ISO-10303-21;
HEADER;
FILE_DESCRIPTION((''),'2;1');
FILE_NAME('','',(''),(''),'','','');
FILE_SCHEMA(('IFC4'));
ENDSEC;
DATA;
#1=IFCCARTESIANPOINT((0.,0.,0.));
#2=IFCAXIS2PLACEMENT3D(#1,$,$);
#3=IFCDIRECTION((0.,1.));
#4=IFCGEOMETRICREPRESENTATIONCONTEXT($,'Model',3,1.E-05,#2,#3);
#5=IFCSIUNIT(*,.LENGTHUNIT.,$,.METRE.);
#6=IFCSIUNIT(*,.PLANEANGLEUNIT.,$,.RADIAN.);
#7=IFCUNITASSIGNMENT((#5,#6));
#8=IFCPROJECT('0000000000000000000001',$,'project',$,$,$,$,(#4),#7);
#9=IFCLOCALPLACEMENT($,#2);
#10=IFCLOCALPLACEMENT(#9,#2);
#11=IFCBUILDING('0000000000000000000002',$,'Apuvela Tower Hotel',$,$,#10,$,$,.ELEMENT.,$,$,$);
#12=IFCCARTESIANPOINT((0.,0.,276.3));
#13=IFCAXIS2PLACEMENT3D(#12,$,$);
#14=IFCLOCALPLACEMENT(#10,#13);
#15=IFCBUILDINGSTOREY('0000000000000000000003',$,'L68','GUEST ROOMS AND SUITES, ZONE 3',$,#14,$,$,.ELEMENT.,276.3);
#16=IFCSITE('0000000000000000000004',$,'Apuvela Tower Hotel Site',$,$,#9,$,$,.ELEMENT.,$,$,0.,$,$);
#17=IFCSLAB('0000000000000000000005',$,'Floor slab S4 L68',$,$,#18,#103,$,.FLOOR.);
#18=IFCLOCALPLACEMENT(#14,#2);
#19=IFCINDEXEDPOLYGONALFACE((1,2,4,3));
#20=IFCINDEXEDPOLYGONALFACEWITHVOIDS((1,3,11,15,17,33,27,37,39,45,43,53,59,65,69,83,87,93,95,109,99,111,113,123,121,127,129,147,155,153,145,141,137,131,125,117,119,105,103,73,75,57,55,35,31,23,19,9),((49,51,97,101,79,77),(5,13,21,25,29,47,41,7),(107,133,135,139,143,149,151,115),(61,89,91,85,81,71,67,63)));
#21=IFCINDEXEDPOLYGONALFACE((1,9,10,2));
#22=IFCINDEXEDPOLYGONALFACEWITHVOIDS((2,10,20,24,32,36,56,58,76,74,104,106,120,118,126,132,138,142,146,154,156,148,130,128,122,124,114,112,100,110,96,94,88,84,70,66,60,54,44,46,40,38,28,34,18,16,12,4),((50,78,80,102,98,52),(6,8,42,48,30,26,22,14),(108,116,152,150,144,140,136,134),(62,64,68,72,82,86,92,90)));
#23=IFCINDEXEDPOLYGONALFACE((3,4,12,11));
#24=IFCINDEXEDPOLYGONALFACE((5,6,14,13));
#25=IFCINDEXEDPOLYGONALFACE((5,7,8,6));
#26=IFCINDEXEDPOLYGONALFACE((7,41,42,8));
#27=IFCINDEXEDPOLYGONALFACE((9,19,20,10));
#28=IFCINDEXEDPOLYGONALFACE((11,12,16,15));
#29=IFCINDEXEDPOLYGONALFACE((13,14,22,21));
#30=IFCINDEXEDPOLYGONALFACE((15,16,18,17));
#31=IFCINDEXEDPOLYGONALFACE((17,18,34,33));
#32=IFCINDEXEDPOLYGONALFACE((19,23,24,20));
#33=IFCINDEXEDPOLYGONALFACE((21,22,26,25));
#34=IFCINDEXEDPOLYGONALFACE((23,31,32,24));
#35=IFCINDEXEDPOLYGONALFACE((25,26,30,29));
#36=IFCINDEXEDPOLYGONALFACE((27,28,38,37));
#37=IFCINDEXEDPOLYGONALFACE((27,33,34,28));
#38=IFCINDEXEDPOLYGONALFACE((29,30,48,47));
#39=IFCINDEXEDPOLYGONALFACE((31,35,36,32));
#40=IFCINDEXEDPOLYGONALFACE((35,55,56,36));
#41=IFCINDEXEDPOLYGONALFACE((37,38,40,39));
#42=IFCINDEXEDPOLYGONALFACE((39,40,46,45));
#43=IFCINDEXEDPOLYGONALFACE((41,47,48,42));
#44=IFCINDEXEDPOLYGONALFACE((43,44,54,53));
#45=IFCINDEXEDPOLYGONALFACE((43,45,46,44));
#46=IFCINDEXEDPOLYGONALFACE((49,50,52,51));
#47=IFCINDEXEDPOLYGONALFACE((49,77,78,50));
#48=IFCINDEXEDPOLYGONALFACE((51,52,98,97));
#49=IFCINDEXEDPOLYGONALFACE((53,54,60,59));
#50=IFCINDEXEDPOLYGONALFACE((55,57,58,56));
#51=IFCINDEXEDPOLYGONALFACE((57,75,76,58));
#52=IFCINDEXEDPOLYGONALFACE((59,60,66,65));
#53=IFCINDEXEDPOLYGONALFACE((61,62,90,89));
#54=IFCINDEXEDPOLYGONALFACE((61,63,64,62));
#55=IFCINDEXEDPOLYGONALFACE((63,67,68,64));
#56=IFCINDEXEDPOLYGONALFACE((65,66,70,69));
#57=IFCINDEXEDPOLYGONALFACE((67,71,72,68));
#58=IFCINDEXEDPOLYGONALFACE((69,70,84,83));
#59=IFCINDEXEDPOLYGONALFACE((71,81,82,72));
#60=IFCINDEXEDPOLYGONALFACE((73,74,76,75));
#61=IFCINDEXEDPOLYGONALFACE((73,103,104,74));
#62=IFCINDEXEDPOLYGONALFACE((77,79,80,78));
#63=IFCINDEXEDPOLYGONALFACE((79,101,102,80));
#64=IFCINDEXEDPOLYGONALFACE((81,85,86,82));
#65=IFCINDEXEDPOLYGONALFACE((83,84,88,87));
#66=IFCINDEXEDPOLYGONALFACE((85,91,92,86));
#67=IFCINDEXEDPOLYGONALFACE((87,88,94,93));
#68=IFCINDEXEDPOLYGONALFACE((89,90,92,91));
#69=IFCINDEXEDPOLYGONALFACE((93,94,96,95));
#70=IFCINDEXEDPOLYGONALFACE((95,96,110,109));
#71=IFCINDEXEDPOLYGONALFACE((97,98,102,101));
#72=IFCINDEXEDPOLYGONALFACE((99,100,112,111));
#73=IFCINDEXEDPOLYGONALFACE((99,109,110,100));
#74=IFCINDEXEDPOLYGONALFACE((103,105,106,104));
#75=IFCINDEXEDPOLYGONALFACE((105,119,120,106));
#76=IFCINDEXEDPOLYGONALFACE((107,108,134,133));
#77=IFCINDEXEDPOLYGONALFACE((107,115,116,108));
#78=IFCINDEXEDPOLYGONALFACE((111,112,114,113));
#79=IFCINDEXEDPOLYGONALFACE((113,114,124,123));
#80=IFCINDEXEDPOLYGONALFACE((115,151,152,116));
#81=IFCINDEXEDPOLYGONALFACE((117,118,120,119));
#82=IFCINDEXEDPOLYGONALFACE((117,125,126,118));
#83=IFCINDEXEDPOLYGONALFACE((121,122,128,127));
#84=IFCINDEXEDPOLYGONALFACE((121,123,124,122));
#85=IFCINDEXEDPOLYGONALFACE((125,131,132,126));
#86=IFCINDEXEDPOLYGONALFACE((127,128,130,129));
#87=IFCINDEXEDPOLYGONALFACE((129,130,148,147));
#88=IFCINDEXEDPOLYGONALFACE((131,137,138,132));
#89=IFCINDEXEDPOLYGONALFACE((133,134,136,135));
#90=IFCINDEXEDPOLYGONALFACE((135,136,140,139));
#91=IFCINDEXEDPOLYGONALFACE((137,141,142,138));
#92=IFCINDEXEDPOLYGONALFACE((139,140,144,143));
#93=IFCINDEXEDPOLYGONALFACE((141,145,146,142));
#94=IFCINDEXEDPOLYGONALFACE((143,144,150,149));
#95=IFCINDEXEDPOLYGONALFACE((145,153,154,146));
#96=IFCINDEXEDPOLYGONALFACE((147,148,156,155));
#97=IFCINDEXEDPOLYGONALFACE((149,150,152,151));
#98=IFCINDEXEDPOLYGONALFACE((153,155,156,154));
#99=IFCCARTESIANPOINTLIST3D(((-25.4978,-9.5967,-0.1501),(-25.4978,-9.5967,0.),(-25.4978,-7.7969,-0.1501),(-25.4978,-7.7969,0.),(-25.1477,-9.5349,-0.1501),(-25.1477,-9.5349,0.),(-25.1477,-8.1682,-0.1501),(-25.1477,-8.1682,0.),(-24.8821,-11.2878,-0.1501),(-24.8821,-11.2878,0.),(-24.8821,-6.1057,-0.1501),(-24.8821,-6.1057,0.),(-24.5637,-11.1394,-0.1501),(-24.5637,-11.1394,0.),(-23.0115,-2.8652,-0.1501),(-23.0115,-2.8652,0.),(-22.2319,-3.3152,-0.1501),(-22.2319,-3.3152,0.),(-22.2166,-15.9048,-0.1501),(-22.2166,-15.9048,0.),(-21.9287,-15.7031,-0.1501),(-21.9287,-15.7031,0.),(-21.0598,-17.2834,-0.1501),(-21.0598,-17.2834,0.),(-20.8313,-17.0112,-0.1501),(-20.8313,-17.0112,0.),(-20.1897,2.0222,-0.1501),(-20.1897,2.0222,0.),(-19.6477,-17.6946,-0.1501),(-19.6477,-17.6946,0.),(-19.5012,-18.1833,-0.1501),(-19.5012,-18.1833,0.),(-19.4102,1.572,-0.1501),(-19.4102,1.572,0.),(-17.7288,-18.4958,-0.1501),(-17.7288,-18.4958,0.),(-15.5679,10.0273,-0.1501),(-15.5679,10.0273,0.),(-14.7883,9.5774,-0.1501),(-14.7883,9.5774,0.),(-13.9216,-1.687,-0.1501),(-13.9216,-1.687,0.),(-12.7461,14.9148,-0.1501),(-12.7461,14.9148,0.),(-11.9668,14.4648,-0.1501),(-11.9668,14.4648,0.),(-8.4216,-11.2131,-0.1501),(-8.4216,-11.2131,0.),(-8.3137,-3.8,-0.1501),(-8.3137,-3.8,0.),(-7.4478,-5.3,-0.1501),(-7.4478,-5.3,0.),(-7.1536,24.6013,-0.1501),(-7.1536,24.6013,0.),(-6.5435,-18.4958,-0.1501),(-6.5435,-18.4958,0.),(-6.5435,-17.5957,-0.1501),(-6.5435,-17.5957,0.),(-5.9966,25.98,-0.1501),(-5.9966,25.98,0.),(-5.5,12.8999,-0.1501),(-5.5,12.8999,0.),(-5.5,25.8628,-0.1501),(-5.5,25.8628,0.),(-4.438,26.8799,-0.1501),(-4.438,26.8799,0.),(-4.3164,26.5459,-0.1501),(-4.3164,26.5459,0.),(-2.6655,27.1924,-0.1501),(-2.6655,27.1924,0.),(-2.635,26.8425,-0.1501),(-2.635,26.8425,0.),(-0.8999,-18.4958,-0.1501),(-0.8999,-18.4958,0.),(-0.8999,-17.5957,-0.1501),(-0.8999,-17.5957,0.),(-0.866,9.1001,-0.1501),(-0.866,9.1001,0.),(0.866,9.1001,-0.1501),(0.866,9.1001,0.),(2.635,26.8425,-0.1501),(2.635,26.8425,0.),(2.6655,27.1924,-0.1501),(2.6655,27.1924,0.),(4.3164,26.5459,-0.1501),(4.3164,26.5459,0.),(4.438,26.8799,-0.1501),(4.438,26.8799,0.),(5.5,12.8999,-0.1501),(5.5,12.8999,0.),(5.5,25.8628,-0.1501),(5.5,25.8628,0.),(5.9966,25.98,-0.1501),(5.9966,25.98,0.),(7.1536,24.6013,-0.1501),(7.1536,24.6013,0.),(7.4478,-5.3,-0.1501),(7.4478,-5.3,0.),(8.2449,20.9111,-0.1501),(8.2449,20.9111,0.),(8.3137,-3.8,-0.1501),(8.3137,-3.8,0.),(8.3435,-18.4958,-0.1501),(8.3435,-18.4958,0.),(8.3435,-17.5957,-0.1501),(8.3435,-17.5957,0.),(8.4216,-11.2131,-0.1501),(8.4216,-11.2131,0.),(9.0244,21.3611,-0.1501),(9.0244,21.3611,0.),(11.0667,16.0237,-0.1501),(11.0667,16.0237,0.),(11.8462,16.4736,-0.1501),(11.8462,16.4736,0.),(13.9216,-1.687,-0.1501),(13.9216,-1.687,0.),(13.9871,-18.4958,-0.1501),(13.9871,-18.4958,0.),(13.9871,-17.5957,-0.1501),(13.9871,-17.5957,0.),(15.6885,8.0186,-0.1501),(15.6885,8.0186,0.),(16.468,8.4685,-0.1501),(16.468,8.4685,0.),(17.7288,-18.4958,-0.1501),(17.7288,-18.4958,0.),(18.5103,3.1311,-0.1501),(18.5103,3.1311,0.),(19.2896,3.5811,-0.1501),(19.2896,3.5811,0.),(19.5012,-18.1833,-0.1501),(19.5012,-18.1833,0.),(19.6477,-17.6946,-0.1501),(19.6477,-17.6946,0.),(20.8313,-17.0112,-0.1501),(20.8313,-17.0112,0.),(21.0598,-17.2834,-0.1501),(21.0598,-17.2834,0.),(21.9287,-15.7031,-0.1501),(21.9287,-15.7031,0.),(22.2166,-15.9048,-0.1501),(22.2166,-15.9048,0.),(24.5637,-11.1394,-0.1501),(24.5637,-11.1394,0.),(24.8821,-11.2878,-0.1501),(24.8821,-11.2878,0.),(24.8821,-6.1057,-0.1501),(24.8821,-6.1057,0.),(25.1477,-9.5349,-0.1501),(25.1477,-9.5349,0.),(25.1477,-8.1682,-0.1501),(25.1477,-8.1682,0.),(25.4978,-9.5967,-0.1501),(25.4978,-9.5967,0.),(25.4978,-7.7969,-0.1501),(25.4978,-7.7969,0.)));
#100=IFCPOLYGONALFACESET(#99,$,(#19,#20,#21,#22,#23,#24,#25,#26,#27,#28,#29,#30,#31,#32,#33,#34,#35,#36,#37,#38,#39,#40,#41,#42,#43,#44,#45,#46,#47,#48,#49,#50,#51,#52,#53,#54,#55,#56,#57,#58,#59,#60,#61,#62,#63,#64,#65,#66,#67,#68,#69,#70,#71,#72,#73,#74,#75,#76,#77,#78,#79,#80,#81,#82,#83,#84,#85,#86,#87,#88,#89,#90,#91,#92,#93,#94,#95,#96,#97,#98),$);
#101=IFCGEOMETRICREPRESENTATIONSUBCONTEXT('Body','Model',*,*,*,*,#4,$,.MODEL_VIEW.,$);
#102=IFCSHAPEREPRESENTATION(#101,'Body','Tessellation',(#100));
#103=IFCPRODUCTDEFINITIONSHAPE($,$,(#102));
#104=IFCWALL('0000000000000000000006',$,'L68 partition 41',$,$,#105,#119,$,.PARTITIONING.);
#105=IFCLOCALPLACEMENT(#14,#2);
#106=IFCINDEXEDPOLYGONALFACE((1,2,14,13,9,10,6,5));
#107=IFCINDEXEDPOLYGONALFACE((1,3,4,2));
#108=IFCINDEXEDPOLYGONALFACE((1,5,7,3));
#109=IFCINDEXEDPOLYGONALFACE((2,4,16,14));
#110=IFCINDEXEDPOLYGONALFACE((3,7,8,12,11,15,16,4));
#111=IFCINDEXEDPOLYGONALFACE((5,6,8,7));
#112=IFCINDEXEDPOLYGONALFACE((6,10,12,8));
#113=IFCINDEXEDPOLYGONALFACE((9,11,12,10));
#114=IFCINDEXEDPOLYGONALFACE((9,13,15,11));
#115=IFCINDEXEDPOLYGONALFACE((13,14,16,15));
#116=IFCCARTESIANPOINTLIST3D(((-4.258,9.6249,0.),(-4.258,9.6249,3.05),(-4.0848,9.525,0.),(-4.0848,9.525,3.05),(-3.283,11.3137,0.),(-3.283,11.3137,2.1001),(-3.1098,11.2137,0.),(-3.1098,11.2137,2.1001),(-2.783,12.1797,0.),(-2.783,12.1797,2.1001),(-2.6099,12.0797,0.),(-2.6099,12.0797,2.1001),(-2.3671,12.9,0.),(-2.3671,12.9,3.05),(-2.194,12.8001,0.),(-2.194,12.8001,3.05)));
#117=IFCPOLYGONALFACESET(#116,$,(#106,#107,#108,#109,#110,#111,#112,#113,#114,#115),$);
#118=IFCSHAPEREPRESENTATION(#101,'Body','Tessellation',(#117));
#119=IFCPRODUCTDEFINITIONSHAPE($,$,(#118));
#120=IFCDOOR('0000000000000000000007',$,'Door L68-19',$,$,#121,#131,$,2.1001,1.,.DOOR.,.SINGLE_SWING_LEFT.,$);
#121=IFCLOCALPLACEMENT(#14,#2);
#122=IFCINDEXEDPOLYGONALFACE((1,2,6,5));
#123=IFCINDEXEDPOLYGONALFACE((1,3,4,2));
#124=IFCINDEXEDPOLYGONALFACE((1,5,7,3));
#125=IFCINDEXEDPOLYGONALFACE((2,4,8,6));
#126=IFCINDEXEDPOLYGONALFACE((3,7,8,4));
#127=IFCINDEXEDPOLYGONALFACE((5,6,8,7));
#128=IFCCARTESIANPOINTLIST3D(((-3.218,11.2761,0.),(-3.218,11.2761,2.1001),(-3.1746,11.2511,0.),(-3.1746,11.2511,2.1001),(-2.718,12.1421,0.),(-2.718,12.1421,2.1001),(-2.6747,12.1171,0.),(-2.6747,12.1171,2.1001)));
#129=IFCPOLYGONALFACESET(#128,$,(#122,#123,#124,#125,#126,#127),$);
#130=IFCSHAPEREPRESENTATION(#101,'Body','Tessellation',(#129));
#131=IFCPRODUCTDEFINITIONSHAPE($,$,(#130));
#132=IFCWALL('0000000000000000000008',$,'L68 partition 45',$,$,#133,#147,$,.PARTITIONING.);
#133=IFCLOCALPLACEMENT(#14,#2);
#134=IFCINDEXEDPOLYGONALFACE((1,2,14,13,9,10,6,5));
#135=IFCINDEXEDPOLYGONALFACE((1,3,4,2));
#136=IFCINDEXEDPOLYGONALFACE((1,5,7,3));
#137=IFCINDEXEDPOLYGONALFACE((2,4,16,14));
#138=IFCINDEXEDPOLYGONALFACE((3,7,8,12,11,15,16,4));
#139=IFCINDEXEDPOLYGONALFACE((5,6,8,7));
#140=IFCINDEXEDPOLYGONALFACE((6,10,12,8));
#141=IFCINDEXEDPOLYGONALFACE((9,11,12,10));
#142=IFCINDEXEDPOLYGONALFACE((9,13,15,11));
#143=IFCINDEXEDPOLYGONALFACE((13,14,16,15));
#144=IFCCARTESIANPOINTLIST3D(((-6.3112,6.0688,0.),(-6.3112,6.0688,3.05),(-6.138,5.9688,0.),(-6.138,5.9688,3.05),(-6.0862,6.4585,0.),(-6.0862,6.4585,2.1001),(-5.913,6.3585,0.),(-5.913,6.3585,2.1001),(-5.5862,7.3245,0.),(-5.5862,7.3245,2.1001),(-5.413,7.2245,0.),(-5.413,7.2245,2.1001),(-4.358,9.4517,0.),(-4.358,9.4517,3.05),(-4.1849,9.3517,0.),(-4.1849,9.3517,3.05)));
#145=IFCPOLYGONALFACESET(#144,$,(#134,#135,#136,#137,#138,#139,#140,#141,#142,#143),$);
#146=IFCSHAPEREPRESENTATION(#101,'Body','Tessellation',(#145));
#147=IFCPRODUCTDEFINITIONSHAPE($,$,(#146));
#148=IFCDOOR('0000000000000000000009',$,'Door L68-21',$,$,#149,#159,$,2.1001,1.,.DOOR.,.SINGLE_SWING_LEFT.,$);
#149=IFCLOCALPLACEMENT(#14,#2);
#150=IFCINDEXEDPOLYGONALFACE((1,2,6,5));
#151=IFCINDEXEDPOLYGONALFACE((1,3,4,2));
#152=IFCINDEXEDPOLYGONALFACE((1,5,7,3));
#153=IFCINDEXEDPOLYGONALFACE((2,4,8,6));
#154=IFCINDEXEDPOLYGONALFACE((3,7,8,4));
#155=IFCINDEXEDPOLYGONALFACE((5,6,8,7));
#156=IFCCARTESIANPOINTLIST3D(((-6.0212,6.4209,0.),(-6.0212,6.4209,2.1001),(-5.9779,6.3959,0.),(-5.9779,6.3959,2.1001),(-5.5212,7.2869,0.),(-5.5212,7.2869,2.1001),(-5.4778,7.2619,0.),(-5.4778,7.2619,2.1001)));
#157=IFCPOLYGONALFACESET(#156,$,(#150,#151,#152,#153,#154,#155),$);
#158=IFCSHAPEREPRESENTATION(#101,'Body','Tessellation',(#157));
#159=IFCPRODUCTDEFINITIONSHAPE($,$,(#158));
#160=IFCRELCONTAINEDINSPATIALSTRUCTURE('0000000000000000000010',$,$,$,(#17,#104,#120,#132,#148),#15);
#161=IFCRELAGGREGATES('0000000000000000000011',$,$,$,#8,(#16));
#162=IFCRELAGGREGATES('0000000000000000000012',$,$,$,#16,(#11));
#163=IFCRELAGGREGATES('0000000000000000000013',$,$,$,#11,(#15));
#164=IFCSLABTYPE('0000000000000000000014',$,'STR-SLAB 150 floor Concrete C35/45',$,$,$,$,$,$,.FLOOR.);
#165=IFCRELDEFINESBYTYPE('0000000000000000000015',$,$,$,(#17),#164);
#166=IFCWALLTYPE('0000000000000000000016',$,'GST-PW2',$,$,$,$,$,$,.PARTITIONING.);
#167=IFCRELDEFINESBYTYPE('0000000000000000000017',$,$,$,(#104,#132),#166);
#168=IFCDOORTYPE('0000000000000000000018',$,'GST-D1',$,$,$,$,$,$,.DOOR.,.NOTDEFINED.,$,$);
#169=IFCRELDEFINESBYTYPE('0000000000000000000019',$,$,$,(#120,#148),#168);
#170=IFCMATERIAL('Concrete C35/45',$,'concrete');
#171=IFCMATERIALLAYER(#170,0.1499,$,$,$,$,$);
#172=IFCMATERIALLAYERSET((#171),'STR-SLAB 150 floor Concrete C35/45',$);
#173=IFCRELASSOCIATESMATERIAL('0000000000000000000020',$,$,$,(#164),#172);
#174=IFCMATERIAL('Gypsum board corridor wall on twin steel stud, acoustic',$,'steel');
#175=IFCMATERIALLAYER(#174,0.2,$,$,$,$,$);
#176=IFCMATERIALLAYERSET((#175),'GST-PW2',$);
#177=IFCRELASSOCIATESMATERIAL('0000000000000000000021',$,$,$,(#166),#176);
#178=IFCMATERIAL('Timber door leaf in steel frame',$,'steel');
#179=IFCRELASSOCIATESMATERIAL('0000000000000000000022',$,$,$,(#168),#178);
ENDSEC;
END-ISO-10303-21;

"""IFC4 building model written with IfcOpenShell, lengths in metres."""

from ifc_helpers import new_model, si_unit, direction, frame, frame_2d, origin, place, context, subcontext, project, spatial, polyline, rectangle, outline, extrude, material, layer, layer_set, type_object, element, fill, save


model = new_model("IFC4")

# Units and contexts
model_context = context("Model", 3, precision=1e-05, world=origin(), true_north=direction((0.0, 1.0)))
body_context = subcontext(model_context, "Body", "Model", "MODEL_VIEW")
ifc_project = project(units=[si_unit("LENGTHUNIT", "METRE"), si_unit("PLANEANGLEUNIT", "RADIAN")], contexts=[model_context])

# Site, building, storey
site_placement = place(None, origin())
site = spatial("IfcSite", under=ifc_project, at=site_placement, Name="Apuvela Tower Hotel Site", CompositionType="ELEMENT", RefElevation=0.0)
building_placement = place(site_placement, origin())
building = spatial("IfcBuilding", under=site, at=building_placement, Name="Apuvela Tower Hotel", CompositionType="ELEMENT")
storey_placement = place(building_placement, frame((0.0, 0.0, 276.3)))
storey = spatial("IfcBuildingStorey", under=building, at=storey_placement, Name="L68", Description="GUEST ROOMS AND SUITES, ZONE 3", CompositionType="ELEMENT", Elevation=276.3)

# Slab
ifc_material_1 = material(Name="Concrete C35/45", Category="concrete")
ifc_layer_1 = layer(ifc_material_1, 0.1499)
ifc_layer_set_1 = layer_set([ifc_layer_1], Name="STR-SLAB 150 floor Concrete C35/45")
slab_type_1 = type_object("IfcSlabType", Name="STR-SLAB 150 floor Concrete C35/45", PredefinedType="FLOOR", material=ifc_layer_set_1)
slab_1_placement = place(storey_placement, frame((0.0, 0.0, -0.1501)))
element("IfcSlab", 1, at=slab_1_placement, inside=storey, type_object=slab_type_1, Name="Floor slab S4 L68", PredefinedType="FLOOR", context=body_context, shape_type="SweptSolid", body=[
    extrude(outline(polyline([(-5.9966, 25.98), (-4.438, 26.8799), (-2.6655, 27.1924), (2.6655, 27.1924), (4.438, 26.8799), (5.9966, 25.98), (7.1536, 24.6013), (9.0244, 21.3611), (8.2449, 20.9111), (11.0667, 16.0237), (11.8462, 16.4736), (16.468, 8.4685), (15.6885, 8.0186), (18.5103, 3.1311), (19.2896, 3.5811), (24.8821, -6.1057), (25.4978, -7.7969), (25.4978, -9.5967), (24.8821, -11.2878), (22.2166, -15.9048), (21.0598, -17.2834), (19.5012, -18.1833), (17.7288, -18.4958), (13.9871, -18.4958), (13.9871, -17.5957), (8.3435, -17.5957), (8.3435, -18.4958), (-0.8999, -18.4958), (-0.8999, -17.5957), (-6.5435, -17.5957), (-6.5435, -18.4958), (-17.7288, -18.4958), (-19.5012, -18.1833), (-21.0598, -17.2834), (-22.2166, -15.9048), (-24.8821, -11.2878), (-25.4978, -9.5967), (-25.4978, -7.7969), (-24.8821, -6.1057), (-23.0115, -2.8652), (-22.2319, -3.3152), (-19.4102, 1.572), (-20.1897, 2.0222), (-15.5679, 10.0273), (-14.7883, 9.5774), (-11.9668, 14.4648), (-12.7461, 14.9148), (-7.1536, 24.6013), (-5.9966, 25.98)]), holes=[polyline([(0.866, 9.1001), (-0.866, 9.1001), (-8.3137, -3.8), (-7.4478, -5.3), (7.4478, -5.3), (8.3137, -3.8), (0.866, 9.1001)]), polyline([(-5.5, 12.8999), (-5.5, 25.8628), (-4.3164, 26.5459), (-2.635, 26.8425), (2.635, 26.8425), (4.3164, 26.5459), (5.5, 25.8628), (5.5, 12.8999), (-5.5, 12.8999)]), polyline([(-8.4216, -11.2131), (-19.6477, -17.6946), (-20.8313, -17.0112), (-21.9287, -15.7031), (-24.5637, -11.1394), (-25.1477, -9.5349), (-25.1477, -8.1682), (-13.9216, -1.687), (-8.4216, -11.2131)]), polyline([(13.9216, -1.687), (25.1477, -8.1682), (25.1477, -9.5349), (24.5637, -11.1394), (21.9287, -15.7031), (20.8313, -17.0112), (19.6477, -17.6946), (8.4216, -11.2131), (13.9216, -1.687)])]), origin(), (0.0, 0.0, 1.0), 0.1501),
])

# Walls, openings, doors
ifc_material_2 = material(Name="Gypsum board corridor wall on twin steel stud, acoustic", Category="steel")
ifc_layer_2 = layer(ifc_material_2, 0.2)
ifc_layer_set_2 = layer_set([ifc_layer_2], Name="GST-PW2")
wall_type_1 = type_object("IfcWallType", Name="GST-PW2", PredefinedType="PARTITIONING", material=ifc_layer_set_2)
wall_1_placement = place(storey_placement, frame((-4.1714, 9.575, 0.0), z_axis=(0.0, 0.0, 1.0), x_axis=(0.499993, 0.86603, 0.0)))
wall_1 = element("IfcWall", 2, at=wall_1_placement, inside=storey, type_object=wall_type_1, Name="L68 partition 41", PredefinedType="PARTITIONING", context=body_context, shape_type="SweptSolid", body=[
    extrude(rectangle(XDim=3.7817, YDim=0.2, at=frame_2d((1.8909, 0.0))), origin(), (0.0, 0.0, 1.0), 3.05),
])
opening_1_placement = place(wall_1_placement, frame((1.95, 0.0, 0.0)))
opening_1 = element("IfcOpeningElement", 3, at=opening_1_placement, cuts=wall_1, PredefinedType="OPENING", context=body_context, shape_type="SweptSolid", body=[
    extrude(rectangle(XDim=1.0, YDim=2.1001, at=frame_2d((0.5, 1.05))), frame((0.0, 0.1099, 0.0), z_axis=(0.0, -1.0, 0.0), x_axis=(1.0, 0.0, 0.0)), (0.0, 0.0, 1.0), 0.22),
])
ifc_material_3 = material(Name="Timber door leaf in steel frame", Category="steel")
door_type_1 = type_object("IfcDoorType", Name="GST-D1", OperationType="NOTDEFINED", PredefinedType="DOOR", material=ifc_material_3)
door_1_placement = place(opening_1_placement, origin())
door_1 = element("IfcDoor", 4, at=door_1_placement, inside=storey, type_object=door_type_1, Name="Door L68-19", OperationType="SINGLE_SWING_LEFT", OverallHeight=2.1001, OverallWidth=1.0, PredefinedType="DOOR", context=body_context, shape_type="SweptSolid", body=[
    extrude(rectangle(XDim=1.0, YDim=2.1001, at=frame_2d((0.5, 1.05))), frame((0.0, 0.0249, 0.0), z_axis=(0.0, -1.0, 0.0), x_axis=(1.0, 0.0, 0.0)), (0.0, 0.0, 1.0), 0.05),
])
fill(opening_1, door_1)
wall_2_placement = place(storey_placement, frame((-6.2246, 6.0188, 0.0), z_axis=(0.0, 0.0, 1.0), x_axis=(0.500011, 0.866019, 0.0)))
wall_2 = element("IfcWall", 5, at=wall_2_placement, inside=storey, type_object=wall_type_1, Name="L68 partition 45", PredefinedType="PARTITIONING", context=body_context, shape_type="SweptSolid", body=[
    extrude(rectangle(XDim=3.9062, YDim=0.2, at=frame_2d((1.9531, 0.0))), origin(), (0.0, 0.0, 1.0), 3.05),
])
opening_2_placement = place(wall_2_placement, frame((0.45, 0.0, 0.0)))
opening_2 = element("IfcOpeningElement", 6, at=opening_2_placement, cuts=wall_2, PredefinedType="OPENING", context=body_context, shape_type="SweptSolid", body=[
    extrude(rectangle(XDim=1.0, YDim=2.1001, at=frame_2d((0.5, 1.05))), frame((0.0, 0.1099, 0.0), z_axis=(0.0, -1.0, 0.0), x_axis=(1.0, 0.0, 0.0)), (0.0, 0.0, 1.0), 0.22),
])
door_2_placement = place(opening_2_placement, origin())
door_2 = element("IfcDoor", 7, at=door_2_placement, inside=storey, type_object=door_type_1, Name="Door L68-21", OperationType="SINGLE_SWING_LEFT", OverallHeight=2.1001, OverallWidth=1.0, PredefinedType="DOOR", context=body_context, shape_type="SweptSolid", body=[
    extrude(rectangle(XDim=1.0, YDim=2.1001, at=frame_2d((0.5, 1.05))), frame((0.0, 0.0249, 0.0), z_axis=(0.0, -1.0, 0.0), x_axis=(1.0, 0.0, 0.0)), (0.0, 0.0, 1.0), 0.05),
])
fill(opening_2, door_2)

save(model, "model.ifc")
